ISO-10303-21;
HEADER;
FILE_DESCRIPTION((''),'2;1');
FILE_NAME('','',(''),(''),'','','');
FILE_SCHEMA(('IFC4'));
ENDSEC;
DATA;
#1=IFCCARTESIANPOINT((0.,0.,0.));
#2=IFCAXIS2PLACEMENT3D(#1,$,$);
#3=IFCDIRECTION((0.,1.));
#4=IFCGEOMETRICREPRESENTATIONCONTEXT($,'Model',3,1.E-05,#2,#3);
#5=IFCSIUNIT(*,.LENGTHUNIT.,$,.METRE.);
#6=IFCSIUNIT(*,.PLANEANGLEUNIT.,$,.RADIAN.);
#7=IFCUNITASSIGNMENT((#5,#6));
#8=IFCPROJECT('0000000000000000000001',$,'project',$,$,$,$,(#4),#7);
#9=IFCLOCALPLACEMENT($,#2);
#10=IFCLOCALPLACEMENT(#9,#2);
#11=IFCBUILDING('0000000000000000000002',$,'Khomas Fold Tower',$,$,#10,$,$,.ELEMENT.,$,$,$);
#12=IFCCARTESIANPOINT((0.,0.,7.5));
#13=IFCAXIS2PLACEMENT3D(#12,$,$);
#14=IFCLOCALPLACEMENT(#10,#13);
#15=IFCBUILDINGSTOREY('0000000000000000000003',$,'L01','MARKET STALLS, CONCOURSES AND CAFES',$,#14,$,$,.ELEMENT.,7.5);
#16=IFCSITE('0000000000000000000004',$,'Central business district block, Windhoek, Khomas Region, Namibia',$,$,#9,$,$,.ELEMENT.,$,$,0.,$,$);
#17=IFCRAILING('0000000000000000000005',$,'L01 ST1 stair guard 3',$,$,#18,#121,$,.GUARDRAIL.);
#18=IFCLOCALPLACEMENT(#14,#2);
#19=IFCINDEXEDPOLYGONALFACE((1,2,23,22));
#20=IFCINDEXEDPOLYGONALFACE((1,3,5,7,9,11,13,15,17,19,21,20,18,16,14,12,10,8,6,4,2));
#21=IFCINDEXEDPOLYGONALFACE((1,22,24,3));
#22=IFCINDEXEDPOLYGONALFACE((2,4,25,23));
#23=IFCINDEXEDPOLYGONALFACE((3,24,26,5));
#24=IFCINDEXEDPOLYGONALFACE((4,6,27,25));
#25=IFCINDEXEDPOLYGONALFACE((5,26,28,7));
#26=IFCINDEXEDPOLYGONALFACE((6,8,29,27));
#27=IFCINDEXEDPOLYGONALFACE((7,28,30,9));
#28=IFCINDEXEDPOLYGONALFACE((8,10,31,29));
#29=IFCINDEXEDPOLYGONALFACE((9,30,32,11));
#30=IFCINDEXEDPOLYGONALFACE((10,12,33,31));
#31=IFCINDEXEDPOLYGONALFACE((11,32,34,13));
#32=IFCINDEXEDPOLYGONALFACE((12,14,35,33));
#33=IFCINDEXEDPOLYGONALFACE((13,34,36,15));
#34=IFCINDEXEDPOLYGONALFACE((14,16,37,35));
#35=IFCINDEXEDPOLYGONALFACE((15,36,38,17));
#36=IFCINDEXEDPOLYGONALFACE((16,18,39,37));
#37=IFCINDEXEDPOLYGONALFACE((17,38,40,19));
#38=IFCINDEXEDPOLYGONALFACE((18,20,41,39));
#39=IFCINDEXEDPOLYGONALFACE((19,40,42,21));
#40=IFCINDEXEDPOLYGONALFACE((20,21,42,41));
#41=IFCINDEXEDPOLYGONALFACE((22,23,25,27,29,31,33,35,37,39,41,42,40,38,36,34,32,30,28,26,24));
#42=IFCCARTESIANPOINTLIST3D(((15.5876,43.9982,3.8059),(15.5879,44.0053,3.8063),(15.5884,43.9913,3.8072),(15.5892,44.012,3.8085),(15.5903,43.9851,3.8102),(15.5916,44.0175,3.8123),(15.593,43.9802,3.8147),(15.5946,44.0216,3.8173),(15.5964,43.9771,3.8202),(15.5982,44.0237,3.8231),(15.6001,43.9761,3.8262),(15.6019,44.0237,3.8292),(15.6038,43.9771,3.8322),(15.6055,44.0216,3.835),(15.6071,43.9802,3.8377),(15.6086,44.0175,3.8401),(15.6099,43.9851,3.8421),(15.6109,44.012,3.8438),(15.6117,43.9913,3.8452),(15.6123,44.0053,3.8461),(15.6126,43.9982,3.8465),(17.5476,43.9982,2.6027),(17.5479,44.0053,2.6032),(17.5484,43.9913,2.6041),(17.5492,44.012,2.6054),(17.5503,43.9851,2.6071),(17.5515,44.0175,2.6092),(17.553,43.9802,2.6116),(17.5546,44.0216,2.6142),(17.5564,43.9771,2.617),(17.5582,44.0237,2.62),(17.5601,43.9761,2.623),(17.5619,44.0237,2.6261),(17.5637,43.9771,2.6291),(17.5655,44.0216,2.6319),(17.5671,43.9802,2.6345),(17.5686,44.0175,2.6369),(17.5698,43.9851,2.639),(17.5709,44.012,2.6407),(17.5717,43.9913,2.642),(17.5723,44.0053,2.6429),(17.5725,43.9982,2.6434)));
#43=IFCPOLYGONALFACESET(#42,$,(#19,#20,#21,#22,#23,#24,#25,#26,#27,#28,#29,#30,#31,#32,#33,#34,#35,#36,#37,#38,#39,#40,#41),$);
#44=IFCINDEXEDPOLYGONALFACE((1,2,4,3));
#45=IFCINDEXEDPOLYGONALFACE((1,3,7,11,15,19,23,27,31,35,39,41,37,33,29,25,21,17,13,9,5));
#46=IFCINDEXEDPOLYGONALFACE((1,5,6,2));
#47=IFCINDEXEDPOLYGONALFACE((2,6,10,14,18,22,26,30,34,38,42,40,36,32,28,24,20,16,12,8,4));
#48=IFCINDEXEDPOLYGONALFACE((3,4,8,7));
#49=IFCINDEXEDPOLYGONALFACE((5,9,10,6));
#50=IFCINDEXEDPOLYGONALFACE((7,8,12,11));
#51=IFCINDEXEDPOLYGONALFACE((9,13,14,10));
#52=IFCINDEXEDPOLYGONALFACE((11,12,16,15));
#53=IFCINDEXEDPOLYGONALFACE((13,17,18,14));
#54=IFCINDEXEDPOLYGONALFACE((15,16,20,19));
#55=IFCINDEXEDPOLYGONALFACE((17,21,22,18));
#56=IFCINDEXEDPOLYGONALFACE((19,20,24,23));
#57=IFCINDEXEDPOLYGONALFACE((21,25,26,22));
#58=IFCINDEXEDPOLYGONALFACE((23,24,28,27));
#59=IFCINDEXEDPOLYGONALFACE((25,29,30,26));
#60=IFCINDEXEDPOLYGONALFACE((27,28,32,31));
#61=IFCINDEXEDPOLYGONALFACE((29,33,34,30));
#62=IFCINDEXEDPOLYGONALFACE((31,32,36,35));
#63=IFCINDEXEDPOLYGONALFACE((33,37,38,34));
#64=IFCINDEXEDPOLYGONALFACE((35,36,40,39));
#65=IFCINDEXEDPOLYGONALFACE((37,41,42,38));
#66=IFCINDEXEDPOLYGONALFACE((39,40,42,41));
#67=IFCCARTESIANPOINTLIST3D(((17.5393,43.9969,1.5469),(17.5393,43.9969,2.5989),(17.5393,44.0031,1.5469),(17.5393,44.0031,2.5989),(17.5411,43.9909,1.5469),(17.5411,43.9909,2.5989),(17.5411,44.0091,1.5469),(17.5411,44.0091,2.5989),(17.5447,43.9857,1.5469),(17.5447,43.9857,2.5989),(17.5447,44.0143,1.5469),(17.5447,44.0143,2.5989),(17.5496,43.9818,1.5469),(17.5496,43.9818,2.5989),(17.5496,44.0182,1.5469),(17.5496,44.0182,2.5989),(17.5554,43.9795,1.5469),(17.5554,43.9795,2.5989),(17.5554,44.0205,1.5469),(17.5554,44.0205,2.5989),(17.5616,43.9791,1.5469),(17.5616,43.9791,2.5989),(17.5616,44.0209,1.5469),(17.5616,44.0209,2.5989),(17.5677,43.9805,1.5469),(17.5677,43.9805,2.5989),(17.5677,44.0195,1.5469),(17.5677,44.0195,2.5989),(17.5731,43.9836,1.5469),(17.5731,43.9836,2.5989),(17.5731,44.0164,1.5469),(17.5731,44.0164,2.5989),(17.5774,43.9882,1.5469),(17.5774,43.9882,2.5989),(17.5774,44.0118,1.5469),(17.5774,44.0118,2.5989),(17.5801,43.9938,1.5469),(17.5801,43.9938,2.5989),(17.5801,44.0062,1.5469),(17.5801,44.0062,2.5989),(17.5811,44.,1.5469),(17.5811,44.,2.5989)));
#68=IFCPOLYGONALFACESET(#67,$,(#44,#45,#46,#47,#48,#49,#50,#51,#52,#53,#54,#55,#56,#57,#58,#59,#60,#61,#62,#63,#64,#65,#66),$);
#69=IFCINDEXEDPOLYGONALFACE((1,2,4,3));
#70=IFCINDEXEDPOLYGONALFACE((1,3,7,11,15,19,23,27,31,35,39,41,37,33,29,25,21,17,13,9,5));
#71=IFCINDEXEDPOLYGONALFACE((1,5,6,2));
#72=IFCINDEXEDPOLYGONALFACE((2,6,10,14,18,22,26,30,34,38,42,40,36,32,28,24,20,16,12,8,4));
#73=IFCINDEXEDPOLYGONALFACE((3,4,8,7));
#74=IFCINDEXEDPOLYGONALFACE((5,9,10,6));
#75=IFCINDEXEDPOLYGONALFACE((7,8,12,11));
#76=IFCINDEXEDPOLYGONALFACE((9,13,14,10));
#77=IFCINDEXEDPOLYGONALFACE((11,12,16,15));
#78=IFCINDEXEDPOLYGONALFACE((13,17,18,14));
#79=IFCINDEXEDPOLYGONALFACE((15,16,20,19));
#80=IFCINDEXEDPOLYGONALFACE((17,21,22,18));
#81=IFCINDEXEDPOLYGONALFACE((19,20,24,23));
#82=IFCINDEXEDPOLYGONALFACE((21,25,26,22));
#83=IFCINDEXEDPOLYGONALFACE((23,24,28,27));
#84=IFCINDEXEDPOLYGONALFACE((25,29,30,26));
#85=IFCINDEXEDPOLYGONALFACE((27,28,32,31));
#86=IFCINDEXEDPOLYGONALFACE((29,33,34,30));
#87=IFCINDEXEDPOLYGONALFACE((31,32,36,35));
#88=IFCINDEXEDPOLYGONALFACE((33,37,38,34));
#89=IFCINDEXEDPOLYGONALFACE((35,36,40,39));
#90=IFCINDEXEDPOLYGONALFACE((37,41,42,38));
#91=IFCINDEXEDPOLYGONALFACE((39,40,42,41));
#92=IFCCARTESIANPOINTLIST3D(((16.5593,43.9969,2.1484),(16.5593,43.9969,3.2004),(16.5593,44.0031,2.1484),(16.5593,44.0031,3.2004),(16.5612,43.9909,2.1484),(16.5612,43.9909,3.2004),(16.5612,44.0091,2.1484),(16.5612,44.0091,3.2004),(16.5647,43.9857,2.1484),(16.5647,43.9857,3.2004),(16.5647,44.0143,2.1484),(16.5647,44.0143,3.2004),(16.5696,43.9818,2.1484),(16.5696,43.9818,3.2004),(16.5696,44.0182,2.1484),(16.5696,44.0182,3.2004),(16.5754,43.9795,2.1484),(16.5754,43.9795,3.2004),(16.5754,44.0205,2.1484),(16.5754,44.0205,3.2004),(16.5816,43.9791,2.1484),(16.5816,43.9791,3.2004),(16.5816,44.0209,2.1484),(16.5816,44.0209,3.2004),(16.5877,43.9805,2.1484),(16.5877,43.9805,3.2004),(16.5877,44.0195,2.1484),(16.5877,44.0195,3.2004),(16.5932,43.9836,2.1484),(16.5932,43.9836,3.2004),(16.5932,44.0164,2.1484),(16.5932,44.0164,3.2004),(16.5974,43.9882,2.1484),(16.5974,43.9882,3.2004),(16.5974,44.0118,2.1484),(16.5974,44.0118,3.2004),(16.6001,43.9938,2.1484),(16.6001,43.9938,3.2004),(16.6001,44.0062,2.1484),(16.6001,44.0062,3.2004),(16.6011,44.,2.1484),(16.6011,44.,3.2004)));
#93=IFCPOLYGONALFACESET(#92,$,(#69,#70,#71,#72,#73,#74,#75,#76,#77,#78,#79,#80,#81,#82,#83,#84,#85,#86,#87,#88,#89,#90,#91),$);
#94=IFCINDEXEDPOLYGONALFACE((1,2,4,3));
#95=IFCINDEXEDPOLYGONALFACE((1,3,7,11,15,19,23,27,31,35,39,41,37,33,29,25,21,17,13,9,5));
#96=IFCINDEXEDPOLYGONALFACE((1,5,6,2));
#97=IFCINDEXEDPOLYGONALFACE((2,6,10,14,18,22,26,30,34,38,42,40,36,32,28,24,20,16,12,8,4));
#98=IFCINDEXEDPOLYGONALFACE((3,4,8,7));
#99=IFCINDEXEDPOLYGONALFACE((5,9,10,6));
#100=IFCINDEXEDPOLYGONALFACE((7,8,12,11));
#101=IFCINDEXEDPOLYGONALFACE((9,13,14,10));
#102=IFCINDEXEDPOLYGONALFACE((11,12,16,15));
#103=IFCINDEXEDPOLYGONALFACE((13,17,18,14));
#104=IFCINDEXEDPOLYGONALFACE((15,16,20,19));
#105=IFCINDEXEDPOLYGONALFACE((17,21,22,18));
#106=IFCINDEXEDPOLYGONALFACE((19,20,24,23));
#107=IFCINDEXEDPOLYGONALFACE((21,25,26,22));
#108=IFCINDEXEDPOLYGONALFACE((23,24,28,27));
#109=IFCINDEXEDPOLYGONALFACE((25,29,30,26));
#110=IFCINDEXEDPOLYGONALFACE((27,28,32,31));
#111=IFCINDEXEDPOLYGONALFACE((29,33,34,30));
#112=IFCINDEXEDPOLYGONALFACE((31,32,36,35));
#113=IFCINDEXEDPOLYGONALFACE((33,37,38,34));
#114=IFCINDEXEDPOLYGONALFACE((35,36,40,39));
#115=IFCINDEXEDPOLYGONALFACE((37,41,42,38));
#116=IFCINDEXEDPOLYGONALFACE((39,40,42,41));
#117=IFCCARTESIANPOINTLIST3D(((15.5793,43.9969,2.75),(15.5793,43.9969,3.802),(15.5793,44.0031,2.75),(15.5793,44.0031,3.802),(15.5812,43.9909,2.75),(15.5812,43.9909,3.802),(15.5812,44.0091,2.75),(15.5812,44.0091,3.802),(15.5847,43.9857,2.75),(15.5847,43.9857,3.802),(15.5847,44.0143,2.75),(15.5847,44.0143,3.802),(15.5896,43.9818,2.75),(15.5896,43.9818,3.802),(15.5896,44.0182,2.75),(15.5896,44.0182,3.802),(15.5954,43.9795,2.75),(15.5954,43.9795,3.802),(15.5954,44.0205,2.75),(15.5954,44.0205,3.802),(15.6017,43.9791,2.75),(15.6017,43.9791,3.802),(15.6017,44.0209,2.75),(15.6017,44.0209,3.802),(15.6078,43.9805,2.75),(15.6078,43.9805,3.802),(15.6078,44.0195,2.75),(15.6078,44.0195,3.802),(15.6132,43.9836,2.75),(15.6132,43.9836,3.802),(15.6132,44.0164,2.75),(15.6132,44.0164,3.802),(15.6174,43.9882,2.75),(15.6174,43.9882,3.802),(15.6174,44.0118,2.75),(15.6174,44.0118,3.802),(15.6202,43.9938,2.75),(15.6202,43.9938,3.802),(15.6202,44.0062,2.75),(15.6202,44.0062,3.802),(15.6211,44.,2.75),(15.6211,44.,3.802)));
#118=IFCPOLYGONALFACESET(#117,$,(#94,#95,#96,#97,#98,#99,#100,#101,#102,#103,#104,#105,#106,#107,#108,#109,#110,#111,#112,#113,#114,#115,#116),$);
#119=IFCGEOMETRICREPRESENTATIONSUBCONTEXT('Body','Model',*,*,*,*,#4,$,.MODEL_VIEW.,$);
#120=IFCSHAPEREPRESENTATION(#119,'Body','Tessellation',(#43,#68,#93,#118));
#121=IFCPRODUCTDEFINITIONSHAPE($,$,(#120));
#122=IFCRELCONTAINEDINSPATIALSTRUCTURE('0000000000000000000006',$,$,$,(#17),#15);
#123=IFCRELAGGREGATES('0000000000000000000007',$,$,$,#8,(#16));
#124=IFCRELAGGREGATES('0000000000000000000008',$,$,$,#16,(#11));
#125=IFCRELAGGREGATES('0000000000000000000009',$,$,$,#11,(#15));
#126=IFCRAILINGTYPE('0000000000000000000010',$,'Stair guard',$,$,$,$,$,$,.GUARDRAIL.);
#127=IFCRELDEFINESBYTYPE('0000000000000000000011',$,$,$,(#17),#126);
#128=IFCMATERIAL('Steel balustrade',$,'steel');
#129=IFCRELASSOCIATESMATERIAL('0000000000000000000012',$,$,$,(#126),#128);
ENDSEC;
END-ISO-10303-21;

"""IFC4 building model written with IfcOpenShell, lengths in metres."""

from ifc_helpers import new_model, si_unit, direction, frame, origin, origin_2d, place, context, subcontext, project, spatial, circle, extrude, source, transform, mapped, material, type_object, element, save


model = new_model("IFC4")

# Units and contexts
model_context = context("Model", 3, precision=1e-05, world=origin(), true_north=direction((0.0, 1.0)))
body_context = subcontext(model_context, "Body", "Model", "MODEL_VIEW")
ifc_project = project(units=[si_unit("LENGTHUNIT", "METRE"), si_unit("PLANEANGLEUNIT", "RADIAN")], contexts=[model_context])

# Site, building, storey
site_placement = place(None, origin())
site = spatial("IfcSite", under=ifc_project, at=site_placement, Name="Central business district block, Windhoek, Khomas Region, Namibia", CompositionType="ELEMENT", RefElevation=0.0)
building_placement = place(site_placement, origin())
building = spatial("IfcBuilding", under=site, at=building_placement, Name="Khomas Fold Tower", CompositionType="ELEMENT")
storey_placement = place(building_placement, frame((0.0, 0.0, 7.5)))
storey = spatial("IfcBuildingStorey", under=building, at=storey_placement, Name="L01", Description="MARKET STALLS, CONCOURSES AND CAFES", CompositionType="ELEMENT", Elevation=7.5)

# Railing
ifc_material_1 = material(Name="Steel balustrade", Category="steel")
railing_type_1 = type_object("IfcRailingType", Name="Stair guard", PredefinedType="GUARDRAIL", material=ifc_material_1)
shared_shape_1 = source(origin(), body_context, "Body", "SweptSolid", [
    extrude(circle(Radius=0.0239, at=origin_2d()), frame((0.0, 0.0, 1.0762), z_axis=(-0.852241, 0.0, 0.523149), x_axis=(0.0, -1.0, 0.0)), (0.0, 0.0, 1.0), 2.2998),
    extrude(circle(Radius=0.021, at=origin_2d()), origin(), (0.0, 0.0, 1.0), 1.052),
    extrude(circle(Radius=0.021, at=origin_2d()), frame((-0.98, 0.0, 0.6016)), (0.0, 0.0, 1.0), 1.052),
    extrude(circle(Radius=0.021, at=origin_2d()), frame((-1.96, 0.0, 1.2031)), (0.0, 0.0, 1.0), 1.052),
])
for number, where, name in (
    (1, (17.5601, 44.0, 1.5469), "L01 ST1 stair guard 3"),
):
    element("IfcRailing", number, at=place(storey_placement, frame(where)), inside=storey, type_object=railing_type_1, Name=name, PredefinedType="GUARDRAIL", context=body_context, shape_type="MappedRepresentation", body=[
        mapped(shared_shape_1, transform((0.0, 0.0, 0.0))),
    ])

save(model, "model.ifc")
